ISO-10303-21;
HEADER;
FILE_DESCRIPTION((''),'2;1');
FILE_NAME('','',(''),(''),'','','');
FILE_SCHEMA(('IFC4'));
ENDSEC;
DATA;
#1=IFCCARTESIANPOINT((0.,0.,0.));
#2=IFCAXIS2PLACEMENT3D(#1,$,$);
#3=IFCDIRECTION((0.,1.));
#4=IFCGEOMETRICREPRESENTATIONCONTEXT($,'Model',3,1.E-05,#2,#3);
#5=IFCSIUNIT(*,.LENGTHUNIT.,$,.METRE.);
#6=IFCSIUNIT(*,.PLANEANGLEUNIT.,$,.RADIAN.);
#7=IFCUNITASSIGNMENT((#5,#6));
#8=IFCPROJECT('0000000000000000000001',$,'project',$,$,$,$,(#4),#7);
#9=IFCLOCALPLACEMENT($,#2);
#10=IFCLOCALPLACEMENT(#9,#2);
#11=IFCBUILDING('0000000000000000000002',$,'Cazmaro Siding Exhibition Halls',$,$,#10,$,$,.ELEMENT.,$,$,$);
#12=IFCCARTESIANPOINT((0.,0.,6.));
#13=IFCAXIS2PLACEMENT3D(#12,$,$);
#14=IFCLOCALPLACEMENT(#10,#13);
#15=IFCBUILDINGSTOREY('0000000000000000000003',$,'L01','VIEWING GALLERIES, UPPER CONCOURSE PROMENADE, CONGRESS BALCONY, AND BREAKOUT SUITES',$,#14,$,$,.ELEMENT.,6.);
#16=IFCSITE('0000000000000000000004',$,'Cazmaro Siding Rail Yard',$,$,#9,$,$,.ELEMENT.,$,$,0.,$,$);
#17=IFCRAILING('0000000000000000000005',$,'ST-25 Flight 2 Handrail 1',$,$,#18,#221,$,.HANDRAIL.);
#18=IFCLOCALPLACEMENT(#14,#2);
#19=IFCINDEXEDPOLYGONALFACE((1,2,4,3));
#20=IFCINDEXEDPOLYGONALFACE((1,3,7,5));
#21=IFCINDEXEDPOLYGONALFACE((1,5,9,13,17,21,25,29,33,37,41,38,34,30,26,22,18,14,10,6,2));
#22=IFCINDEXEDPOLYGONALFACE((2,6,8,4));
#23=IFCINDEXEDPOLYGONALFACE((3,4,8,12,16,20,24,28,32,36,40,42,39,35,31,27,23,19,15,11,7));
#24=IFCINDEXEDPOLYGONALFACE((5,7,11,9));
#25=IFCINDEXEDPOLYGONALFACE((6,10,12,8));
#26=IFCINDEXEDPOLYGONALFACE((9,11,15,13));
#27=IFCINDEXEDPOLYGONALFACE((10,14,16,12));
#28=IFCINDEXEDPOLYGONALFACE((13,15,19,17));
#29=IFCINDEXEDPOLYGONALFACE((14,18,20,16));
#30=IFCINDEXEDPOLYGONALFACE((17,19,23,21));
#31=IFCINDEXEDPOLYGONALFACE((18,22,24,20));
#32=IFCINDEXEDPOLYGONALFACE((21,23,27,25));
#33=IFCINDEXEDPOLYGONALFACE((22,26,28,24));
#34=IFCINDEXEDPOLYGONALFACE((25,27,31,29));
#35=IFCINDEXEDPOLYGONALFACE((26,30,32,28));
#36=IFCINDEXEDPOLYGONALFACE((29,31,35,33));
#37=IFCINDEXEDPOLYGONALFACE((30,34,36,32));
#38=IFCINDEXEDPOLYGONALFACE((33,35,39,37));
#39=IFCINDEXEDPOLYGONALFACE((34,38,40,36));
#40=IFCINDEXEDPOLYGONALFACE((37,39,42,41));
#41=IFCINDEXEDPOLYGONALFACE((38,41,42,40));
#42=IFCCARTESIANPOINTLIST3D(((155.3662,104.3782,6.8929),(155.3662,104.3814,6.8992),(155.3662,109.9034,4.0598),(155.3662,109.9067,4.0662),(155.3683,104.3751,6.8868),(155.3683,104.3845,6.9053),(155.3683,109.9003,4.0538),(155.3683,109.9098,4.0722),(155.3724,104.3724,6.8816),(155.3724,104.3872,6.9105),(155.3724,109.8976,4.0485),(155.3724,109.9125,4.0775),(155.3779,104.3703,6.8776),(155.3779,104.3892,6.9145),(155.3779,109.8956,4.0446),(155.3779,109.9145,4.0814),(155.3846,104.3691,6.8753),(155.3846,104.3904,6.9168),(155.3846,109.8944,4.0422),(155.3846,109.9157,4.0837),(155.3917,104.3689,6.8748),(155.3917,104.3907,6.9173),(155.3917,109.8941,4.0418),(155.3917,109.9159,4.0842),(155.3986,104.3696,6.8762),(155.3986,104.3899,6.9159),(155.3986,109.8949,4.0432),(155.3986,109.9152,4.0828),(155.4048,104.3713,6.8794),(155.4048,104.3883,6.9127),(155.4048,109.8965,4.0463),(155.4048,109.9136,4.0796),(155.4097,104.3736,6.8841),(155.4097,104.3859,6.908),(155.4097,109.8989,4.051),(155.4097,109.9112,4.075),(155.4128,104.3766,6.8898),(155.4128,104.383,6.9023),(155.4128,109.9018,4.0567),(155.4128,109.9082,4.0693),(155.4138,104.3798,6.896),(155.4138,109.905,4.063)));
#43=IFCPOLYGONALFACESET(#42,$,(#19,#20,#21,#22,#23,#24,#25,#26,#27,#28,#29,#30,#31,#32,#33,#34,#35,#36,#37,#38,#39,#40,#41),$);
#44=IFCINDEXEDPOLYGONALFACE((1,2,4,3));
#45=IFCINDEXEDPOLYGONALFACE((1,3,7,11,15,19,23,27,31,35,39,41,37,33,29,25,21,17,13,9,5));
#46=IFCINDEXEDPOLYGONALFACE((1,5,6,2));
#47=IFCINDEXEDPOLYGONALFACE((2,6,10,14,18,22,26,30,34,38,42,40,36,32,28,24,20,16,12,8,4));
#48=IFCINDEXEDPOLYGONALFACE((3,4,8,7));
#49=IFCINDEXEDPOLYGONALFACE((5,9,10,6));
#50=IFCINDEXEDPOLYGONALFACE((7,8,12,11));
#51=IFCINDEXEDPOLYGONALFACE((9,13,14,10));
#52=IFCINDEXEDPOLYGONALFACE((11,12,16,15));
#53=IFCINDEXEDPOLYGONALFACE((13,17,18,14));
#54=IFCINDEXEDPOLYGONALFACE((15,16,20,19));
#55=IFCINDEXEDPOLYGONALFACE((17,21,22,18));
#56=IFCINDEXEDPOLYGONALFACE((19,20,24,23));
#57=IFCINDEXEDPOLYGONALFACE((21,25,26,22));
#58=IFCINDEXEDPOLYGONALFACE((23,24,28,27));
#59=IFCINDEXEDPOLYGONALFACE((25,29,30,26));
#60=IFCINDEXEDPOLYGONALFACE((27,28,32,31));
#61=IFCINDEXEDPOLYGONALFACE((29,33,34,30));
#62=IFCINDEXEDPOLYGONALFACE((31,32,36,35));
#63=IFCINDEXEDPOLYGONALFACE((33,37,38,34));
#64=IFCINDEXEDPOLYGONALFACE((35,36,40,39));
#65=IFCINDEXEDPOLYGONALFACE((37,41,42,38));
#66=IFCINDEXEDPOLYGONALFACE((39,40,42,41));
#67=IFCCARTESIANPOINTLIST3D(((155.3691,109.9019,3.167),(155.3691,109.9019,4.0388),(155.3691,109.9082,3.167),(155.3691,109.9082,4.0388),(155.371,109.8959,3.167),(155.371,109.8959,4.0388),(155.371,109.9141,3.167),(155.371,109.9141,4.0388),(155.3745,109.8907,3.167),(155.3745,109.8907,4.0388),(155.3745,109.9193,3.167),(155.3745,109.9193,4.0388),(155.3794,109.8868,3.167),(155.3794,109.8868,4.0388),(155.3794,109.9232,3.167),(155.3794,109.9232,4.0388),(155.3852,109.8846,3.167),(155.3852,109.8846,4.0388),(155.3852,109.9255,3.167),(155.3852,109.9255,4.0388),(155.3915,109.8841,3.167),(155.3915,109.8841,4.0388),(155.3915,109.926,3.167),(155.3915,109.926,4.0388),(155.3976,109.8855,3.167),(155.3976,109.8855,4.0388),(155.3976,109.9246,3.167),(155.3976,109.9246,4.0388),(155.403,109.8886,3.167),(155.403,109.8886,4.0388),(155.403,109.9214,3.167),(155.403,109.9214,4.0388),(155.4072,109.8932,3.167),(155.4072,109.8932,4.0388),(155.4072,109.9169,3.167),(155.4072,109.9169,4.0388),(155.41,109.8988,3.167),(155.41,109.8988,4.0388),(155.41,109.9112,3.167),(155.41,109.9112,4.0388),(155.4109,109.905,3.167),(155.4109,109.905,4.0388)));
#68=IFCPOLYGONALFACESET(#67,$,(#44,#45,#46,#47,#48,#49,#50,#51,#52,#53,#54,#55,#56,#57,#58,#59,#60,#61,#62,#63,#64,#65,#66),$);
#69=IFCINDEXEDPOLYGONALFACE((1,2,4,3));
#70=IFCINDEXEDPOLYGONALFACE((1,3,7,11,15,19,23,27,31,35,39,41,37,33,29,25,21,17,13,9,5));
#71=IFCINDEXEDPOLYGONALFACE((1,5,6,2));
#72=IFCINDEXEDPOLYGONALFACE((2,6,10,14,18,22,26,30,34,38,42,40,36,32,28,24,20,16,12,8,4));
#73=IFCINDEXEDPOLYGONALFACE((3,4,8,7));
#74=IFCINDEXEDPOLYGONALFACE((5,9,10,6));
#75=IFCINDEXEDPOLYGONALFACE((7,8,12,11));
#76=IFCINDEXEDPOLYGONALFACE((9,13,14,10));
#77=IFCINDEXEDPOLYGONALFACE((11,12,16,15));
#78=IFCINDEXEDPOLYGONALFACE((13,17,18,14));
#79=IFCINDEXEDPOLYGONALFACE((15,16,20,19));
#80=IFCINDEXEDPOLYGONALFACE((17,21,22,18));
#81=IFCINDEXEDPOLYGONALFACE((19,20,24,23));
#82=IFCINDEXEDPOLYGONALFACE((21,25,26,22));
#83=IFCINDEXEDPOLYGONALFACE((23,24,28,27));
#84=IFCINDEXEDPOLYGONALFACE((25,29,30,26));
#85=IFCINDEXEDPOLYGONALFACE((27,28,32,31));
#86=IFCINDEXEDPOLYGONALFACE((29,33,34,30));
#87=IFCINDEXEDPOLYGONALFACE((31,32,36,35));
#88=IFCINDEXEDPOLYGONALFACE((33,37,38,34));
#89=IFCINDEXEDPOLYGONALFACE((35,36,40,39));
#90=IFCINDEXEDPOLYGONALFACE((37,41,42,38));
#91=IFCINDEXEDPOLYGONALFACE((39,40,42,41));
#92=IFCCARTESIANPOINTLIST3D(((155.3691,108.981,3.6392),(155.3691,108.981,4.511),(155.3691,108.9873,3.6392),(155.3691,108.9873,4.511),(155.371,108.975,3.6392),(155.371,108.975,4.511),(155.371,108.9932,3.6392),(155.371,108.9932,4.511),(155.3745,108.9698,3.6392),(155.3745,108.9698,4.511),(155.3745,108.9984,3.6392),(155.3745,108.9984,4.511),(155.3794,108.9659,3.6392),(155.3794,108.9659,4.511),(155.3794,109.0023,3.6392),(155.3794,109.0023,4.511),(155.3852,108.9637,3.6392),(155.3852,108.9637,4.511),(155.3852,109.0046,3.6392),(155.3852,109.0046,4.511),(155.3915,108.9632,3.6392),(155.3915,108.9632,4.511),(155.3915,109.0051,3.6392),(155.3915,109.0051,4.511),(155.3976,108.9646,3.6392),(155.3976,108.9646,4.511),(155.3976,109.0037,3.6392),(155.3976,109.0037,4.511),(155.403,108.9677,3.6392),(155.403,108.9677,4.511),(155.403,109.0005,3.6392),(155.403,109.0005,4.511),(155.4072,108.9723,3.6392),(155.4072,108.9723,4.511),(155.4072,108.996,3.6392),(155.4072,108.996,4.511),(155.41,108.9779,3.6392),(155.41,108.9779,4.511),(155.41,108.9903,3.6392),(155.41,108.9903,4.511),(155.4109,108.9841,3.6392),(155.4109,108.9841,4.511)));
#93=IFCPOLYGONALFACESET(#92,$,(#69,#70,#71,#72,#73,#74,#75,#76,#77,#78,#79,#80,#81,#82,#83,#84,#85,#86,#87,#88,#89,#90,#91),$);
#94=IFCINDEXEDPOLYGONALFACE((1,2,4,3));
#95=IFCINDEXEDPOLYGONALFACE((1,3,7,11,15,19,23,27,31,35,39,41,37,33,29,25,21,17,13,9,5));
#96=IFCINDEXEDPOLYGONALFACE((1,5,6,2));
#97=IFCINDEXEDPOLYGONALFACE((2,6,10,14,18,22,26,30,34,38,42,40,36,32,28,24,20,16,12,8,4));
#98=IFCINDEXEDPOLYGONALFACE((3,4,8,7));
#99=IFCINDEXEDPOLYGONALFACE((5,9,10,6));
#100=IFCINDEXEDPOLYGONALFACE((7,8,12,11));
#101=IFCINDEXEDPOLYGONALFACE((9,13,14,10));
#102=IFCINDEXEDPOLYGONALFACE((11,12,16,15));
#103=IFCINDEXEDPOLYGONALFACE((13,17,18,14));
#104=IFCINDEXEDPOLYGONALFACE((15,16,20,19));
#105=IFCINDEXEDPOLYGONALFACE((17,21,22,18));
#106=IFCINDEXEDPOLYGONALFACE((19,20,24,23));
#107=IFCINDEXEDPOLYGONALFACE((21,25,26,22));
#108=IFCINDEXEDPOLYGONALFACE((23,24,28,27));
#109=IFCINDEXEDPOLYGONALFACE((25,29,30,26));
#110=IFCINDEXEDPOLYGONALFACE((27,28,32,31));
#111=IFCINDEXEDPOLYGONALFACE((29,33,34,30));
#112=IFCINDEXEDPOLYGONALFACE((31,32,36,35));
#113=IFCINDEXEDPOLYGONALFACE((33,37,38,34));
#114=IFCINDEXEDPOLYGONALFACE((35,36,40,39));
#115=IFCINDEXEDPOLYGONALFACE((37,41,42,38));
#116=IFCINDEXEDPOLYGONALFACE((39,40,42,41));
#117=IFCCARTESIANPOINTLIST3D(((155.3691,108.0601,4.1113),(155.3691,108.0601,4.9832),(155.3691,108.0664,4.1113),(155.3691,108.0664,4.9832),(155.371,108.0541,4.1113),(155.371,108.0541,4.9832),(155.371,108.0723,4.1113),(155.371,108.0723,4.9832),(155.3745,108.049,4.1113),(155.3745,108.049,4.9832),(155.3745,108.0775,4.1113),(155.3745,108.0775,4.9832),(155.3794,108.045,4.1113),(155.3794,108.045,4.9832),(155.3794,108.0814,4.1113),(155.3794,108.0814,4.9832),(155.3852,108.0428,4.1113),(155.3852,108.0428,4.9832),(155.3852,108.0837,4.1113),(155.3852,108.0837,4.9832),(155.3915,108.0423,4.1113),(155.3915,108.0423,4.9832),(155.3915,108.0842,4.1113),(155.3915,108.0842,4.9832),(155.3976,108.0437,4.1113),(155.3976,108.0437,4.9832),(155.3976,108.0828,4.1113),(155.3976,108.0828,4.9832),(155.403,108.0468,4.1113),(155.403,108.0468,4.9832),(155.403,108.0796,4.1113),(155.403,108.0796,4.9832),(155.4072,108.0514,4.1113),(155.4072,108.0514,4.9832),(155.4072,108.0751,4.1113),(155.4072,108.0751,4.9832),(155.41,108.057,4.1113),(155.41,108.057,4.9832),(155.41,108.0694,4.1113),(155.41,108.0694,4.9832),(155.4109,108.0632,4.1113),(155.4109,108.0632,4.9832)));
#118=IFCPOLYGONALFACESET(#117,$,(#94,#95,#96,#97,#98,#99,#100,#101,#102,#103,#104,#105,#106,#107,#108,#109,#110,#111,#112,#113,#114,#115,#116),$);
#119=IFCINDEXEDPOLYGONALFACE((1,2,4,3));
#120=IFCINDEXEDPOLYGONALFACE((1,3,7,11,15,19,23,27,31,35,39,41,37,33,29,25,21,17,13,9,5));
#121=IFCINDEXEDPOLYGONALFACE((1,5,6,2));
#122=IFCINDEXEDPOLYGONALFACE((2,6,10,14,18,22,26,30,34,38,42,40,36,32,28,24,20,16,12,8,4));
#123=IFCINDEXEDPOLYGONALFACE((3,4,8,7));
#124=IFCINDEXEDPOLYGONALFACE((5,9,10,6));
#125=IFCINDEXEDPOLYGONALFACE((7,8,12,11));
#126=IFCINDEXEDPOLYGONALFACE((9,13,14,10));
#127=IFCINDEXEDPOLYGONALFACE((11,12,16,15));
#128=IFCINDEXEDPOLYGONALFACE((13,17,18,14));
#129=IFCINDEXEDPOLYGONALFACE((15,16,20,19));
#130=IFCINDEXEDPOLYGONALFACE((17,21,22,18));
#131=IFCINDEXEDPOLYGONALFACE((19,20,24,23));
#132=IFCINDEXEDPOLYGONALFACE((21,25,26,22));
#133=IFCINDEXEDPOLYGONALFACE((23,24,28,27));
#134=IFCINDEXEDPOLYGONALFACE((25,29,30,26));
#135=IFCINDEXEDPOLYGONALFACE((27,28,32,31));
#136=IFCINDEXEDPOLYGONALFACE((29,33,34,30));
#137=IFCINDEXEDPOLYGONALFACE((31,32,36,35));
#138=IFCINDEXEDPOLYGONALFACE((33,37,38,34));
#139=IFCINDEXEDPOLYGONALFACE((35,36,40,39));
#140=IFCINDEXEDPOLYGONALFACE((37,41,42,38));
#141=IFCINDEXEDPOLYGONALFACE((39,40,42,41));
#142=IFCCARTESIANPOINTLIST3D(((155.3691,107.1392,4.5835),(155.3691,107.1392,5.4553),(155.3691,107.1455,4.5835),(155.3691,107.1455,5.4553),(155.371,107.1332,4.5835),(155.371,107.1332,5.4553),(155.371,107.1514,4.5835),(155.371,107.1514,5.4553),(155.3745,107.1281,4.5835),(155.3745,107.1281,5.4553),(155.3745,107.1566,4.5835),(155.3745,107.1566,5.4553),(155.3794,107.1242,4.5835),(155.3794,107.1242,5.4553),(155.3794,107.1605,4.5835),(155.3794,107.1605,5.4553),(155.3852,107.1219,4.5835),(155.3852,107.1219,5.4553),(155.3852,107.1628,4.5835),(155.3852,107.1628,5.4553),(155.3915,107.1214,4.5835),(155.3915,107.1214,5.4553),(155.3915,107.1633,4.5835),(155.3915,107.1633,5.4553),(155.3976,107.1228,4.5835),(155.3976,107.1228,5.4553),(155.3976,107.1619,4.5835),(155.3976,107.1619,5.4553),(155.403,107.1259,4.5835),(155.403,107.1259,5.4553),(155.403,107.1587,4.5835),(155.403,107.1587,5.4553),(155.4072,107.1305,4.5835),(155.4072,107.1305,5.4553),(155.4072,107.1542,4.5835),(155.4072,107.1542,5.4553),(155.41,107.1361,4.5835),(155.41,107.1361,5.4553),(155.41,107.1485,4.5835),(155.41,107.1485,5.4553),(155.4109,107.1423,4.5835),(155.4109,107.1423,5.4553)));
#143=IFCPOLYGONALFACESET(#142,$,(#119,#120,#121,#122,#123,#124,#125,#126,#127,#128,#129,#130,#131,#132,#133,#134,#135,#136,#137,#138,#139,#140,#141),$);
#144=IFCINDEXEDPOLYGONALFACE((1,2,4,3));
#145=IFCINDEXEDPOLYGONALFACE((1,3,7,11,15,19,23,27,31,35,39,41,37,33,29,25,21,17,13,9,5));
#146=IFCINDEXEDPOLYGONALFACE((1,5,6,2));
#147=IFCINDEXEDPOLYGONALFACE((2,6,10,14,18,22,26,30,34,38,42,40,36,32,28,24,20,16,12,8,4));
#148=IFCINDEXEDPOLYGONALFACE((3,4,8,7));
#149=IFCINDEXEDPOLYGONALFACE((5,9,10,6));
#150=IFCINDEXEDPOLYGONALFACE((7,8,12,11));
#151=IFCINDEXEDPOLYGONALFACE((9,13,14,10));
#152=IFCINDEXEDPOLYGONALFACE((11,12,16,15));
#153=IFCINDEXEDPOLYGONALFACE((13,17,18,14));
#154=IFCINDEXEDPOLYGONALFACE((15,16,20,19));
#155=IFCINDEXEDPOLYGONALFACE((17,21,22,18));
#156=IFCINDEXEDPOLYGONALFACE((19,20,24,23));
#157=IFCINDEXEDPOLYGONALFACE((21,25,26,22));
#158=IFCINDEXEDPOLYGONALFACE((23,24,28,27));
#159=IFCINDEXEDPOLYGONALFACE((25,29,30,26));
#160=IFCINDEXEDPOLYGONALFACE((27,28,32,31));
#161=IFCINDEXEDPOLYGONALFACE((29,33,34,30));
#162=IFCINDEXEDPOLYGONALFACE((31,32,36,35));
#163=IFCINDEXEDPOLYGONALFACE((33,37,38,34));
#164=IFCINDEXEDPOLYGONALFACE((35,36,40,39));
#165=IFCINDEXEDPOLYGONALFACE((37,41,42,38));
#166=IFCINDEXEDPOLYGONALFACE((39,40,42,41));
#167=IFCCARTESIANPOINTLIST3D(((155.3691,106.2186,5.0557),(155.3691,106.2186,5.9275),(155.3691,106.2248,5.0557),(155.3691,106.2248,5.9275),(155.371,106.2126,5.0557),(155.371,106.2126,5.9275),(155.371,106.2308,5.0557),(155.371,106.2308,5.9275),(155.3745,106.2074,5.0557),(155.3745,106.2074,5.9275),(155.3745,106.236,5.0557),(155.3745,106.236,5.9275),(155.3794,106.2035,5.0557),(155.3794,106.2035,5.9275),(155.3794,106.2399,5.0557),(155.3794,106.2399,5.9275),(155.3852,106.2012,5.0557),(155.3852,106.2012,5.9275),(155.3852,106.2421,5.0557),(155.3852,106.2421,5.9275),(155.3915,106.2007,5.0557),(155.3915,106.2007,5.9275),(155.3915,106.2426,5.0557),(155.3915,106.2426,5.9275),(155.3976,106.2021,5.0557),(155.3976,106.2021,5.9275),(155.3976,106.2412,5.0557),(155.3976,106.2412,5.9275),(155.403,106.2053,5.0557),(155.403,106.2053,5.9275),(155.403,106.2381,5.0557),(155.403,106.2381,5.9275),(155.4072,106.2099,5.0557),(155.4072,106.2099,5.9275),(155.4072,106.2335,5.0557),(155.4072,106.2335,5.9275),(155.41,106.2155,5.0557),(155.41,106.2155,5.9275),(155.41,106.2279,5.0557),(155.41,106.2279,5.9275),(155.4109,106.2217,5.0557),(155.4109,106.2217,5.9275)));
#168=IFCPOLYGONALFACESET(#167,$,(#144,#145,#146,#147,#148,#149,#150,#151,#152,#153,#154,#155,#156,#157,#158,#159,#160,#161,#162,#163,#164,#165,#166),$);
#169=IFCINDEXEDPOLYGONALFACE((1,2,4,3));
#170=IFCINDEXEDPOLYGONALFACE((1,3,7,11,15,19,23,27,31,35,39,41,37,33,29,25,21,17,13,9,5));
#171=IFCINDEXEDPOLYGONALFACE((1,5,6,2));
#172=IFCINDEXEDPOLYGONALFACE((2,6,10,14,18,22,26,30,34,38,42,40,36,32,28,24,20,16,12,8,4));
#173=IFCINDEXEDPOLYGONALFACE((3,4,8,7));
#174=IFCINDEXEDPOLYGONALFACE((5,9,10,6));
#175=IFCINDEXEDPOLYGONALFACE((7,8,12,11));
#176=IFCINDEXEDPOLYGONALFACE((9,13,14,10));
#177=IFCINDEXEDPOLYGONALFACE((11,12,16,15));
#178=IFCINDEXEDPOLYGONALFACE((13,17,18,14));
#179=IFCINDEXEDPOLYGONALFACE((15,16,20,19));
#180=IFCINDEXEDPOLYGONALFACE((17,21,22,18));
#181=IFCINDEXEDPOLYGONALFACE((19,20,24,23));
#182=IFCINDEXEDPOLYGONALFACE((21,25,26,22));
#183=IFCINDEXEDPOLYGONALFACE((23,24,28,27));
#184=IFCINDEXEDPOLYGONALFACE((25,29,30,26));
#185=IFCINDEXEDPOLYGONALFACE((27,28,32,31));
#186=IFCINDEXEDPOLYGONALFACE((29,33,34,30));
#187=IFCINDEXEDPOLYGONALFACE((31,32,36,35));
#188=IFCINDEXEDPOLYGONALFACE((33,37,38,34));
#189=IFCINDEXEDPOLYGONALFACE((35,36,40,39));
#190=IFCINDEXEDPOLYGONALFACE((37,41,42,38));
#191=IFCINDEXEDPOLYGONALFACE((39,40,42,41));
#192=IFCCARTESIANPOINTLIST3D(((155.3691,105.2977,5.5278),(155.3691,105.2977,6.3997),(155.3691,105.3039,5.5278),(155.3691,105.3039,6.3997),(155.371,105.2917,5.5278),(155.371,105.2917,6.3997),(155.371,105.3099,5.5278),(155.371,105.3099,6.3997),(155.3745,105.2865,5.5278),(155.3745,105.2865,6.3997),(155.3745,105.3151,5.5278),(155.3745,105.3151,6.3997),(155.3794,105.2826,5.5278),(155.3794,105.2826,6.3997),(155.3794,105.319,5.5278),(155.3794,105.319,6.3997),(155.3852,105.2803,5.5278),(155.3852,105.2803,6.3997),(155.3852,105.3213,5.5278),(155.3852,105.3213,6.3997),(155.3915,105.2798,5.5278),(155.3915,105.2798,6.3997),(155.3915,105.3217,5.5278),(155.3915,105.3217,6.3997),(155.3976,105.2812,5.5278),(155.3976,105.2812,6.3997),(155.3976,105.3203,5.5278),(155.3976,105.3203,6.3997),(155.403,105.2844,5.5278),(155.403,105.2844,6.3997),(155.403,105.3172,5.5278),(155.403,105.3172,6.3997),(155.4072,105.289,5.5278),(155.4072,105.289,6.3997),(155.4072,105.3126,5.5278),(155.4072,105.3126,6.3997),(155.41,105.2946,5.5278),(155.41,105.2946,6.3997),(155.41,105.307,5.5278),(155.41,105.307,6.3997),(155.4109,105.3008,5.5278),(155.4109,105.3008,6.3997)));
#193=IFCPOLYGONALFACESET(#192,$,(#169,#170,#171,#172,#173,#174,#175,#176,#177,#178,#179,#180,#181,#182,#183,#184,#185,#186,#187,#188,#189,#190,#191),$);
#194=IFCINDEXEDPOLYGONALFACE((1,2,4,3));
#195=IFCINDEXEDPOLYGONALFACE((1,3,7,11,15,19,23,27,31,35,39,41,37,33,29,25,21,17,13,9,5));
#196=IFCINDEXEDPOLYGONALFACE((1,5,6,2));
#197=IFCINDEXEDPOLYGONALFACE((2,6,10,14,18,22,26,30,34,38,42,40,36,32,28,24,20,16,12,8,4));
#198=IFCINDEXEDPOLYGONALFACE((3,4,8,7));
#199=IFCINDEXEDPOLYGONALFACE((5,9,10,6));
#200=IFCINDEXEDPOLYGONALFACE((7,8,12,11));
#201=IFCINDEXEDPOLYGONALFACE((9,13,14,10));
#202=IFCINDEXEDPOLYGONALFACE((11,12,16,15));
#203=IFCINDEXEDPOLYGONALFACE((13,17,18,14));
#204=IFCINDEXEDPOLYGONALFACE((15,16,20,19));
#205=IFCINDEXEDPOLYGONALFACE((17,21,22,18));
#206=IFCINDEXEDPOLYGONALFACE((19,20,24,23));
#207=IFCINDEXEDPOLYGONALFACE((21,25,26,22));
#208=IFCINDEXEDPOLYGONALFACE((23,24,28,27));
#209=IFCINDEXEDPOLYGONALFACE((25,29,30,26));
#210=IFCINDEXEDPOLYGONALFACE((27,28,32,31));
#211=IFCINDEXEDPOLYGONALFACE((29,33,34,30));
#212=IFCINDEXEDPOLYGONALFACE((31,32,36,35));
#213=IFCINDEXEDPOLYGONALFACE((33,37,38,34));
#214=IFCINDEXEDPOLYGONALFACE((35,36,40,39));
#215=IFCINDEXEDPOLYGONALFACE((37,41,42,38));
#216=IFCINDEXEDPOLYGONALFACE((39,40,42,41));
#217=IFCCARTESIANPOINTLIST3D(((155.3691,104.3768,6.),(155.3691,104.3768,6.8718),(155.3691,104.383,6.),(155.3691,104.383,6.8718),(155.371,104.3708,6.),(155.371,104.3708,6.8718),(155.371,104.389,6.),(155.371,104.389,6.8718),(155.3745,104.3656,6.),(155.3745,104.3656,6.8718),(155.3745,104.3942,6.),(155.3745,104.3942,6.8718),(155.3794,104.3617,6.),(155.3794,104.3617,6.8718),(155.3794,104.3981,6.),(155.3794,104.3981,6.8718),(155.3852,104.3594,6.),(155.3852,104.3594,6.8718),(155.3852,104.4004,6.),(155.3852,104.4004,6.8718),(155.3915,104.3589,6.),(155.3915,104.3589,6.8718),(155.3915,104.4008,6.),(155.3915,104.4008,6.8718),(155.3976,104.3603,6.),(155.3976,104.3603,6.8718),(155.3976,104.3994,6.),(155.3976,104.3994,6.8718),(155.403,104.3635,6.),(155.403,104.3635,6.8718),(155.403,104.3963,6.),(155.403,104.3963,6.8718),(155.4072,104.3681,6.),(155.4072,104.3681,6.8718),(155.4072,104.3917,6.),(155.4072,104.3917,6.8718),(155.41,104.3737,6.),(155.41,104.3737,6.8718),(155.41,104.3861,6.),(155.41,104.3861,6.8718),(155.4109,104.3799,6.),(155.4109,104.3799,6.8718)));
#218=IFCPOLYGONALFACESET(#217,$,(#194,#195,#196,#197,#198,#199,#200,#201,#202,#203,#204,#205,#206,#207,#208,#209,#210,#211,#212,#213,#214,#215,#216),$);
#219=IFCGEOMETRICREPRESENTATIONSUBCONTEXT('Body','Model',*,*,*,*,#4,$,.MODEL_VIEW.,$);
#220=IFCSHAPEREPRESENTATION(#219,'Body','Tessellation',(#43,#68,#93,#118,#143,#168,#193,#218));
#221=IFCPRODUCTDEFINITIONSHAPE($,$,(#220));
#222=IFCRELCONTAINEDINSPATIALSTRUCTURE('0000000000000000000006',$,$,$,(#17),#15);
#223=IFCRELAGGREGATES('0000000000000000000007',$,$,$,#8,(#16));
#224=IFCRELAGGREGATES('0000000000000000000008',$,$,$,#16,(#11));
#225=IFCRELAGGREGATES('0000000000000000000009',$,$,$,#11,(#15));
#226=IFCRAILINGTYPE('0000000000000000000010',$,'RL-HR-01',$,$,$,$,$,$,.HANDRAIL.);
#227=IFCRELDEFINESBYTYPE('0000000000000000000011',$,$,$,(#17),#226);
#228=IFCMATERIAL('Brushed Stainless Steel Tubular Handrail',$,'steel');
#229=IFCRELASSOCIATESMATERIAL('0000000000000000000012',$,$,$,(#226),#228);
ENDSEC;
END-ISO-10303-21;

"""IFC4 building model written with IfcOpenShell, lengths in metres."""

from ifc_helpers import new_model, si_unit, direction, frame, origin, origin_2d, place, context, subcontext, project, spatial, circle, extrude, material, type_object, element, save


model = new_model("IFC4")

# Units and contexts
model_context = context("Model", 3, precision=1e-05, world=origin(), true_north=direction((0.0, 1.0)))
body_context = subcontext(model_context, "Body", "Model", "MODEL_VIEW")
ifc_project = project(units=[si_unit("LENGTHUNIT", "METRE"), si_unit("PLANEANGLEUNIT", "RADIAN")], contexts=[model_context])

# Site, building, storey
site_placement = place(None, origin())
site = spatial("IfcSite", under=ifc_project, at=site_placement, Name="Cazmaro Siding Rail Yard", CompositionType="ELEMENT", RefElevation=0.0)
building_placement = place(site_placement, origin())
building = spatial("IfcBuilding", under=site, at=building_placement, Name="Cazmaro Siding Exhibition Halls", CompositionType="ELEMENT")
storey_placement = place(building_placement, frame((0.0, 0.0, 6.0)))
storey = spatial("IfcBuildingStorey", under=building, at=storey_placement, Name="L01", Description="VIEWING GALLERIES, UPPER CONCOURSE PROMENADE, CONGRESS BALCONY, AND BREAKOUT SUITES", CompositionType="ELEMENT", Elevation=6.0)

# Railing
ifc_material_1 = material(Name="Brushed Stainless Steel Tubular Handrail", Category="steel")
railing_type_1 = type_object("IfcRailingType", Name="RL-HR-01", PredefinedType="HANDRAIL", material=ifc_material_1)
railing_1_placement = place(storey_placement, frame((155.3899, 109.905, 3.167)))
element("IfcRailing", 1, at=railing_1_placement, inside=storey, type_object=railing_type_1, Name="ST-25 Flight 2 Handrail 1", PredefinedType="HANDRAIL", context=body_context, shape_type="SweptSolid", body=[
    extrude(circle(Radius=0.0239, at=origin_2d()), frame((0.0, 0.0, 0.896), z_axis=(0.0, -0.889844, 0.456266), x_axis=(1.0, 0.0, 0.0)), (0.0, 0.0, 1.0), 6.2092),
    extrude(circle(Radius=0.021, at=origin_2d()), origin(), (0.0, 0.0, 1.0), 0.8718),
    extrude(circle(Radius=0.021, at=origin_2d()), frame((0.0, -0.9209, 0.4722)), (0.0, 0.0, 1.0), 0.8718),
    extrude(circle(Radius=0.021, at=origin_2d()), frame((0.0, -1.8418, 0.9443)), (0.0, 0.0, 1.0), 0.8718),
    extrude(circle(Radius=0.021, at=origin_2d()), frame((0.0, -2.7627, 1.4165)), (0.0, 0.0, 1.0), 0.8718),
    extrude(circle(Radius=0.021, at=origin_2d()), frame((0.0, -3.6833, 1.8887)), (0.0, 0.0, 1.0), 0.8718),
    extrude(circle(Radius=0.021, at=origin_2d()), frame((0.0, -4.6042, 2.3608)), (0.0, 0.0, 1.0), 0.8718),
    extrude(circle(Radius=0.021, at=origin_2d()), frame((0.0, -5.5251, 2.833)), (0.0, 0.0, 1.0), 0.8718),
])

save(model, "model.ifc")
